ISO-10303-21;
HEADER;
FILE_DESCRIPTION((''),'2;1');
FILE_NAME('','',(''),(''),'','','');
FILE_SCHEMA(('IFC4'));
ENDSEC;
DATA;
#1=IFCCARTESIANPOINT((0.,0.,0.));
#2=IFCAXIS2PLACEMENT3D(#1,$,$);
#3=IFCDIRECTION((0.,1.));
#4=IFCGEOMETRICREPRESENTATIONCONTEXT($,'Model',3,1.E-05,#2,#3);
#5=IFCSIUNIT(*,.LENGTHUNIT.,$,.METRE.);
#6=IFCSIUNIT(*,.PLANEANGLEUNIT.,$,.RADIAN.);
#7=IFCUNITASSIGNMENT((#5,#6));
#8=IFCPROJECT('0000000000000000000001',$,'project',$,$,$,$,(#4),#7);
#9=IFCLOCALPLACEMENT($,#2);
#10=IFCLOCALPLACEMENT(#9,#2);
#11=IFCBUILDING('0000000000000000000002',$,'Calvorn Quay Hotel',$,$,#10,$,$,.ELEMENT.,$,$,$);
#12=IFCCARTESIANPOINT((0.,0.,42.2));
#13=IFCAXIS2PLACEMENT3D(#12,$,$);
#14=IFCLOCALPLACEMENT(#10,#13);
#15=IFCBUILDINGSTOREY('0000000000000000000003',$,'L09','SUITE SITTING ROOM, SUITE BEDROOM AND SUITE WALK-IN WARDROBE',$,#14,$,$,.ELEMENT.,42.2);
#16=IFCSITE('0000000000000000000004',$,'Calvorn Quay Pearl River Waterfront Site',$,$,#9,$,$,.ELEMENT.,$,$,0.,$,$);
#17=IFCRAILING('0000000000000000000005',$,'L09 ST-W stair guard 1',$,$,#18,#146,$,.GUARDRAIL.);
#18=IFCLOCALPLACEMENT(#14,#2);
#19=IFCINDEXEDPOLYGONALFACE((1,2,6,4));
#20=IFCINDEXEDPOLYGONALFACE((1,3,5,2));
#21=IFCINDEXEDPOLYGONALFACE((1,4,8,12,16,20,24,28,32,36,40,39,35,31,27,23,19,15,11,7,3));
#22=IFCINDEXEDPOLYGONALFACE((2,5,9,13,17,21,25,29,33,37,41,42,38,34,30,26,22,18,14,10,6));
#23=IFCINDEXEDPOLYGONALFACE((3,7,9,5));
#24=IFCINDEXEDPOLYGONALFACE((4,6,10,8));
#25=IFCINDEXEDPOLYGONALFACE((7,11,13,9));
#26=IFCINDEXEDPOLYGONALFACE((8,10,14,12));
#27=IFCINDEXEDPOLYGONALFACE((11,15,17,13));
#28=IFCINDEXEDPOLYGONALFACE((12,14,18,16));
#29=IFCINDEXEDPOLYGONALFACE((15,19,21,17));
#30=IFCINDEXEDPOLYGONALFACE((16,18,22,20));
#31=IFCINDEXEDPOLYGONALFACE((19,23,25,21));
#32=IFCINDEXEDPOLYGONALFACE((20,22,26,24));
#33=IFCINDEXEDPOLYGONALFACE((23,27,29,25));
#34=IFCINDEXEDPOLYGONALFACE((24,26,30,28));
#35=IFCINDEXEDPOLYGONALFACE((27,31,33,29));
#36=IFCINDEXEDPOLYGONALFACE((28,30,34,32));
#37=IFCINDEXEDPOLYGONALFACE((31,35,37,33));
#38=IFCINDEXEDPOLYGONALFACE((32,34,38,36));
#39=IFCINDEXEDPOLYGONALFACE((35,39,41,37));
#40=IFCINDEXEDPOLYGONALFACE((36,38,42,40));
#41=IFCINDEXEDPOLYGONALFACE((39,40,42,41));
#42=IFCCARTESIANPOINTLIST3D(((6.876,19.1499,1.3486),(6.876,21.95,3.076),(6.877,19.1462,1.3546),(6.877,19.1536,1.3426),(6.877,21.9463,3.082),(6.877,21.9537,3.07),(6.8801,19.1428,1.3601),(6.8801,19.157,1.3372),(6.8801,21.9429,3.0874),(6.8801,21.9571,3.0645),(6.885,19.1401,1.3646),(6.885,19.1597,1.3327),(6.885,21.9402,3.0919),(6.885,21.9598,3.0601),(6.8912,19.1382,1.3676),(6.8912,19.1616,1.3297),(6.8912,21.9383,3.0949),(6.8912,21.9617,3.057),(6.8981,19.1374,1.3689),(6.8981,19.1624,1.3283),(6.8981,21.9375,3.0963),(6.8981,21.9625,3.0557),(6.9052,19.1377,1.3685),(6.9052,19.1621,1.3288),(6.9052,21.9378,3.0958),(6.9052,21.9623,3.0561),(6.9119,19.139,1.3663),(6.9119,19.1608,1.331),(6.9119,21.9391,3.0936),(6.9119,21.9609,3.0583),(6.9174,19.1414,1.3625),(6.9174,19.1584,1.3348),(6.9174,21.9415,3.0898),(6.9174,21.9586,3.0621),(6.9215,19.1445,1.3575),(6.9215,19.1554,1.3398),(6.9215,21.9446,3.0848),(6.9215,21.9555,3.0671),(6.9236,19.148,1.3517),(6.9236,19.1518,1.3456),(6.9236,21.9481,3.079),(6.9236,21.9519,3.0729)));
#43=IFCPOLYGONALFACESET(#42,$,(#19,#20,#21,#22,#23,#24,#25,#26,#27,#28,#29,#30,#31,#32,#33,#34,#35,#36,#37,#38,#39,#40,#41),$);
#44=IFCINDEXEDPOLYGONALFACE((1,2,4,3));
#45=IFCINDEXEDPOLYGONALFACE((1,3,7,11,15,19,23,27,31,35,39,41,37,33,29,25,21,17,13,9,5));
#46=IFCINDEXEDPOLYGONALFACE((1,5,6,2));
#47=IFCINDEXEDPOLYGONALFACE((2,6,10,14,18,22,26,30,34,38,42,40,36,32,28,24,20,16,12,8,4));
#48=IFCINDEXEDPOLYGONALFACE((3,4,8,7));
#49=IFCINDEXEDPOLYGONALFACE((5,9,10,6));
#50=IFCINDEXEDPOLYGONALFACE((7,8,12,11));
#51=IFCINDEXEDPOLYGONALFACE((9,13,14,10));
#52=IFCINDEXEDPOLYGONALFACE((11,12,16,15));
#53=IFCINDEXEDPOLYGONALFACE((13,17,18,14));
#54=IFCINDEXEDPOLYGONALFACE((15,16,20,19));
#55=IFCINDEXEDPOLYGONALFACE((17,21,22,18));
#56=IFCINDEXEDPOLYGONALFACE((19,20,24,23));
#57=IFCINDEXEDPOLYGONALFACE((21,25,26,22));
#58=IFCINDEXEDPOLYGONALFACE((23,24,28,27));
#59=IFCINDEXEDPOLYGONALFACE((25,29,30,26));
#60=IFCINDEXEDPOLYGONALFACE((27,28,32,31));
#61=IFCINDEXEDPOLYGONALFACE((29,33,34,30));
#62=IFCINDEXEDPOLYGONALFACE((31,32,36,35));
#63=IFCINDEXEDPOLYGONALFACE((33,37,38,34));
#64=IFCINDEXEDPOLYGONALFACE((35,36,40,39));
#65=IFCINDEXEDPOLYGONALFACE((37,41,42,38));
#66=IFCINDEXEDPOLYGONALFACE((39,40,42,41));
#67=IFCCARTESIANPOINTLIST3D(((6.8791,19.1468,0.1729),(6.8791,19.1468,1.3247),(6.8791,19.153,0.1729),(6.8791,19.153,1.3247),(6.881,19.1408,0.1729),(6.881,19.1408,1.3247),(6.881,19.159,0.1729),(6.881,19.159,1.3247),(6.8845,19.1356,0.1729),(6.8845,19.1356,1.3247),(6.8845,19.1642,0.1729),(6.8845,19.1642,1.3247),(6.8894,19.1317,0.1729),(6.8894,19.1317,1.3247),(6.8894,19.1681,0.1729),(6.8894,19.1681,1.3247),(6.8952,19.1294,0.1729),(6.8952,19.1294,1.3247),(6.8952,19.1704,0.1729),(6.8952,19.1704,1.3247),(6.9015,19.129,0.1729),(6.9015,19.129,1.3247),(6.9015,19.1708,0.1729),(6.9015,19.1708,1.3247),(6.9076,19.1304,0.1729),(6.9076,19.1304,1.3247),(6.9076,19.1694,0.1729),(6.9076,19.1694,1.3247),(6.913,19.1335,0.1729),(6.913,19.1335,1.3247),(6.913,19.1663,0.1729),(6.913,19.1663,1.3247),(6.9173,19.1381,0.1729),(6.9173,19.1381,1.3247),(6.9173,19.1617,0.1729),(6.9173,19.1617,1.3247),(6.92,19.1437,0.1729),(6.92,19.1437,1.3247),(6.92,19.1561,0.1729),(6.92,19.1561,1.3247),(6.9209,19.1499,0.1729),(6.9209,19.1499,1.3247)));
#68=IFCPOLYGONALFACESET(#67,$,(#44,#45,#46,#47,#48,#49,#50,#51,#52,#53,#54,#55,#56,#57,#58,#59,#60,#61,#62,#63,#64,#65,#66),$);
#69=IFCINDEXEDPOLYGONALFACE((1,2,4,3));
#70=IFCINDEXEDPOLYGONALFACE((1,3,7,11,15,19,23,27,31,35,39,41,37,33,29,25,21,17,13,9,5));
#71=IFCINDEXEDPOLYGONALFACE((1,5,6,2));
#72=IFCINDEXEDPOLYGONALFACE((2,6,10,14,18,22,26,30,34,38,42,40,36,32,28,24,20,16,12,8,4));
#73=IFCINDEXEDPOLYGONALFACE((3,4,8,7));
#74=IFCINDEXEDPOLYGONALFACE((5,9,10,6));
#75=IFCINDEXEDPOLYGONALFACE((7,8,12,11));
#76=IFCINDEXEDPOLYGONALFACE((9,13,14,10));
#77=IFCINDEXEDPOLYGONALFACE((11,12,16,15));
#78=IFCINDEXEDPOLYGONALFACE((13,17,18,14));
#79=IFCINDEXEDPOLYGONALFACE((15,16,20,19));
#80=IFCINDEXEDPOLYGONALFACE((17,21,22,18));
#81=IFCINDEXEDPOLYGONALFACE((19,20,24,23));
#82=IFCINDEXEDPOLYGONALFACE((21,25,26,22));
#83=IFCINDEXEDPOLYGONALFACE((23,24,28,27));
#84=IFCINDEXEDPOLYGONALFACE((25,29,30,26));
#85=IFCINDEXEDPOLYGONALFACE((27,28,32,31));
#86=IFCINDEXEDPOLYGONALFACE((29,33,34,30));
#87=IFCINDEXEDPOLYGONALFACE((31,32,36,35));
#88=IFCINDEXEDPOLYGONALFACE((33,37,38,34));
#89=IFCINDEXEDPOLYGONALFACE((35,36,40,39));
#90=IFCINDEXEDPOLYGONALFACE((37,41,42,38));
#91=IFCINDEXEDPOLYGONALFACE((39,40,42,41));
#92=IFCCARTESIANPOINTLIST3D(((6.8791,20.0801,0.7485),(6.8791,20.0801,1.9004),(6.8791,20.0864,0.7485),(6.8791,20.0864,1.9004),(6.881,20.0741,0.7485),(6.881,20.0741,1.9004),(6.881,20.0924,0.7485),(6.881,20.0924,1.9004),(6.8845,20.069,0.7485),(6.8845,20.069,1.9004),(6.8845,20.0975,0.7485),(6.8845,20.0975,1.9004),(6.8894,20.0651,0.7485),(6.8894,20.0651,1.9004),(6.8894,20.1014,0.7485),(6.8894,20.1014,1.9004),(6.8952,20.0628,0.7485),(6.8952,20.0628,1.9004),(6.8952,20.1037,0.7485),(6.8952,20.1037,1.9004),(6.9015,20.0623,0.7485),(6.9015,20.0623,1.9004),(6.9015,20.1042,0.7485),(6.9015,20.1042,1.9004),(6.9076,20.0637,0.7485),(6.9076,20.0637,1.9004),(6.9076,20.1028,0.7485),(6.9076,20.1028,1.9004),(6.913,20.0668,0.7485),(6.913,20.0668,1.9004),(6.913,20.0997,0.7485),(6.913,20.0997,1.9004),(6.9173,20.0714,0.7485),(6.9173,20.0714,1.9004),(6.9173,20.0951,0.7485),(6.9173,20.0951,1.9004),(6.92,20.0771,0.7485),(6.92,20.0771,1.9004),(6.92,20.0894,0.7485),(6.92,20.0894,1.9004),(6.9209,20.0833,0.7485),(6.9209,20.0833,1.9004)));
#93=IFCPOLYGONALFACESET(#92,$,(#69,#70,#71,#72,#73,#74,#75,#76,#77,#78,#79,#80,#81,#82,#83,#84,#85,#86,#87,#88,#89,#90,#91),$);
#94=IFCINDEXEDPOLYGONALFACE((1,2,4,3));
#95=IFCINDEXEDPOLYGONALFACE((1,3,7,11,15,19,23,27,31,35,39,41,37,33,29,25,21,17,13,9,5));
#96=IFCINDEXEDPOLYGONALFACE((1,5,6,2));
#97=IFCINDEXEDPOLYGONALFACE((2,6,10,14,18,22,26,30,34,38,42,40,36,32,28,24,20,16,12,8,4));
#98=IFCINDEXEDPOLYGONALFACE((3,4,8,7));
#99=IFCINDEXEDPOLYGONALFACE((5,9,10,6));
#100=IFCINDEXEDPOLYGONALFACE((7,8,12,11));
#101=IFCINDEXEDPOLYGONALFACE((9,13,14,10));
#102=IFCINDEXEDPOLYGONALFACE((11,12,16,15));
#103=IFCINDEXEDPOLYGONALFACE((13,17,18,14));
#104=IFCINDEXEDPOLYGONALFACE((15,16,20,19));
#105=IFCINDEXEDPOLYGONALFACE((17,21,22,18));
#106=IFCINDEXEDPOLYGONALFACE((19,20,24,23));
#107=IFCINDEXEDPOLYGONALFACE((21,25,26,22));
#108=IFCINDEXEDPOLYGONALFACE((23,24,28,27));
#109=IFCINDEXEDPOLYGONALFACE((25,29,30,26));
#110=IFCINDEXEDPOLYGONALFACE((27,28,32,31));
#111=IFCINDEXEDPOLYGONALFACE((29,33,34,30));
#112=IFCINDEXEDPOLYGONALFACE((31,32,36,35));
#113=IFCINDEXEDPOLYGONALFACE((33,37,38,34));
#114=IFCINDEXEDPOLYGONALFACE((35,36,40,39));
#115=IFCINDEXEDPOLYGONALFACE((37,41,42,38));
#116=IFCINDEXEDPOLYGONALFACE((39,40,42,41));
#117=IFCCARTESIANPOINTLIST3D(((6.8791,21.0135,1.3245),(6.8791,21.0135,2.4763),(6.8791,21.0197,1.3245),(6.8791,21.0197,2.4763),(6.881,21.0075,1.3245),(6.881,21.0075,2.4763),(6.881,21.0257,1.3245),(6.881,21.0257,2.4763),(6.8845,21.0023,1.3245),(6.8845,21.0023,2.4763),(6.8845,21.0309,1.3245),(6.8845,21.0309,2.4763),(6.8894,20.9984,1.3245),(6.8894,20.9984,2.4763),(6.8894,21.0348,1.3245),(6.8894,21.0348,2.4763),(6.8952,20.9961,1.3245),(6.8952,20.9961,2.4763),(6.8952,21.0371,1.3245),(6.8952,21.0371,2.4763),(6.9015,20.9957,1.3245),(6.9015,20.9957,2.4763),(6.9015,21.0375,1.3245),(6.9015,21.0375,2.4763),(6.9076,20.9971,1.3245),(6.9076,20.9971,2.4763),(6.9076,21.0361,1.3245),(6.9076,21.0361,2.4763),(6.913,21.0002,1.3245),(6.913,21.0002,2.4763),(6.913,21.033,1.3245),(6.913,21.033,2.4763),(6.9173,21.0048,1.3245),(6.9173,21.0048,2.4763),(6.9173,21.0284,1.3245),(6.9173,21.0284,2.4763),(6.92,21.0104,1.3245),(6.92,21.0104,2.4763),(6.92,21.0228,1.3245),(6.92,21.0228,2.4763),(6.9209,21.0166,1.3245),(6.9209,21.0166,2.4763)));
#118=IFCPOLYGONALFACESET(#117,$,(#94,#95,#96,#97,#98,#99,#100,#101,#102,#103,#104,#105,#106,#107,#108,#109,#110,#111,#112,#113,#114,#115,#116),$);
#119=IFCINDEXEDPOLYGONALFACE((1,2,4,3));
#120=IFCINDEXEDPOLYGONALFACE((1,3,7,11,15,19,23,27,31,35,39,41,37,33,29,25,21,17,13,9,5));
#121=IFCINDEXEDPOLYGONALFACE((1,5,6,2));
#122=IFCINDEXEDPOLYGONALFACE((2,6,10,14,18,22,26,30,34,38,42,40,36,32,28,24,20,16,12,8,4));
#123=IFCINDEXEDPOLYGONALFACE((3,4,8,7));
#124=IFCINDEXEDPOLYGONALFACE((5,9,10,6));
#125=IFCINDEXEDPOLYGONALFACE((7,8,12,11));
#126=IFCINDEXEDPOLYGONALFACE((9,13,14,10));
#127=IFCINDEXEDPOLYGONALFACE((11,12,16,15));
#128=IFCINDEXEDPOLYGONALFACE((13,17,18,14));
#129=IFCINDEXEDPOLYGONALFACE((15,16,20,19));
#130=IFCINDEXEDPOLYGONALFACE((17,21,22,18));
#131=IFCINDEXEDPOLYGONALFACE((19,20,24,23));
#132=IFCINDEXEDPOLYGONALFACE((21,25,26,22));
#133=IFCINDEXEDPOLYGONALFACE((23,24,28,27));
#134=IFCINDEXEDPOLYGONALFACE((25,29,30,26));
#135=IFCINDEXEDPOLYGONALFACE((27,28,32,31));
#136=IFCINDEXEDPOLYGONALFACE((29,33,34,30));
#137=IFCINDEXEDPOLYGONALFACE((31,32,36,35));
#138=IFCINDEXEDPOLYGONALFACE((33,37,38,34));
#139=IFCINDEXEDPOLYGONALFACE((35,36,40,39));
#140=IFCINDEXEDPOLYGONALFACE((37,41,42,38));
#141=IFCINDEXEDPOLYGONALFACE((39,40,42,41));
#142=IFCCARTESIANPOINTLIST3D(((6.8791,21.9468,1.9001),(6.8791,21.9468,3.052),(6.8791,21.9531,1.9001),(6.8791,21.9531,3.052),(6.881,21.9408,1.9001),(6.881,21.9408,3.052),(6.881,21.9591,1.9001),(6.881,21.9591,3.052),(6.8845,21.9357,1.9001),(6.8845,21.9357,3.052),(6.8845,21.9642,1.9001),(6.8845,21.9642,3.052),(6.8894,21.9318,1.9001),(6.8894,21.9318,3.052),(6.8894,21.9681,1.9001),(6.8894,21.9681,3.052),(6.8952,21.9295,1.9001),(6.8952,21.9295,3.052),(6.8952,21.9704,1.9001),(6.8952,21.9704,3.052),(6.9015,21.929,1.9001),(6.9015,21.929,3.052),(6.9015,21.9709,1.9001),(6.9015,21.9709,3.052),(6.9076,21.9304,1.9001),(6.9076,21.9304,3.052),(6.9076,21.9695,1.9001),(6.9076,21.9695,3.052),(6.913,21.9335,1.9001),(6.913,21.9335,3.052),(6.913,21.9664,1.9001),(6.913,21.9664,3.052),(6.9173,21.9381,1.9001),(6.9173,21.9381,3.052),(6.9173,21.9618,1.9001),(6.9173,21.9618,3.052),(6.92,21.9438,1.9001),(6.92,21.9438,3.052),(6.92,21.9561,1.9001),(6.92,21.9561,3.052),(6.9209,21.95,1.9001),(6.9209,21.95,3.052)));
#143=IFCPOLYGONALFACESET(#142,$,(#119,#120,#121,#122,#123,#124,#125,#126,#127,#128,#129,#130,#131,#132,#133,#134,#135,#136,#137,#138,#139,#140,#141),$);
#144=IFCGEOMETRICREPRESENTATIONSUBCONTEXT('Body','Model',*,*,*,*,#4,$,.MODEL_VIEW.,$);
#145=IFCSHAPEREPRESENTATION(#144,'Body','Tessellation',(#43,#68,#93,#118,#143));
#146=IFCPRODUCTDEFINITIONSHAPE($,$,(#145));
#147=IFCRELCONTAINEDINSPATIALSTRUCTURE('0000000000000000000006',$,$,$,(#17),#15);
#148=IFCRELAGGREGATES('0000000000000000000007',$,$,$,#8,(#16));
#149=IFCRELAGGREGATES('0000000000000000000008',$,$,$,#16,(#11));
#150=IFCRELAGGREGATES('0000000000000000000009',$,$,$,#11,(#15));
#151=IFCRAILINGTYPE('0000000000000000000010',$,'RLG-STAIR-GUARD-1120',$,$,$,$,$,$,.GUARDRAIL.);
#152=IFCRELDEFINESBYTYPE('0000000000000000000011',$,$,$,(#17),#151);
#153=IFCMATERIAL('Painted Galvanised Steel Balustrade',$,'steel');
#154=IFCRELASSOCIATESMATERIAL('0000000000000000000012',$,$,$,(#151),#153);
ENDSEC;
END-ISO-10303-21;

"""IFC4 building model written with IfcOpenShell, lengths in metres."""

from ifc_helpers import new_model, si_unit, direction, frame, origin, origin_2d, place, context, subcontext, project, spatial, circle, extrude, material, type_object, element, save


model = new_model("IFC4")

# Units and contexts
model_context = context("Model", 3, precision=1e-05, world=origin(), true_north=direction((0.0, 1.0)))
body_context = subcontext(model_context, "Body", "Model", "MODEL_VIEW")
ifc_project = project(units=[si_unit("LENGTHUNIT", "METRE"), si_unit("PLANEANGLEUNIT", "RADIAN")], contexts=[model_context])

# Site, building, storey
site_placement = place(None, origin())
site = spatial("IfcSite", under=ifc_project, at=site_placement, Name="Calvorn Quay Pearl River Waterfront Site", CompositionType="ELEMENT", RefElevation=0.0)
building_placement = place(site_placement, origin())
building = spatial("IfcBuilding", under=site, at=building_placement, Name="Calvorn Quay Hotel", CompositionType="ELEMENT")
storey_placement = place(building_placement, frame((0.0, 0.0, 42.2)))
storey = spatial("IfcBuildingStorey", under=building, at=storey_placement, Name="L09", Description="SUITE SITTING ROOM, SUITE BEDROOM AND SUITE WALK-IN WARDROBE", CompositionType="ELEMENT", Elevation=42.2)

# Railing
ifc_material_1 = material(Name="Painted Galvanised Steel Balustrade", Category="steel")
railing_type_1 = type_object("IfcRailingType", Name="RLG-STAIR-GUARD-1120", PredefinedType="GUARDRAIL", material=ifc_material_1)
railing_1_placement = place(storey_placement, frame((6.8999, 19.1499, 0.1729)))
element("IfcRailing", 1, at=railing_1_placement, inside=storey, type_object=railing_type_1, Name="L09 ST-W stair guard 1", PredefinedType="GUARDRAIL", context=body_context, shape_type="SweptSolid", body=[
    extrude(circle(Radius=0.0239, at=origin_2d()), frame((0.0, 0.0, 1.1758), z_axis=(0.0, 0.85109, 0.52502), x_axis=(-1.0, 0.0, 0.0)), (0.0, 0.0, 1.0), 3.29),
    extrude(circle(Radius=0.021, at=origin_2d()), origin(), (0.0, 0.0, 1.0), 1.1519),
    extrude(circle(Radius=0.021, at=origin_2d()), frame((0.0, 0.9333, 0.5757)), (0.0, 0.0, 1.0), 1.1519),
    extrude(circle(Radius=0.021, at=origin_2d()), frame((0.0, 1.8667, 1.1516)), (0.0, 0.0, 1.0), 1.1519),
    extrude(circle(Radius=0.021, at=origin_2d()), frame((0.0, 2.8, 1.7273)), (0.0, 0.0, 1.0), 1.1519),
])

save(model, "model.ifc")
